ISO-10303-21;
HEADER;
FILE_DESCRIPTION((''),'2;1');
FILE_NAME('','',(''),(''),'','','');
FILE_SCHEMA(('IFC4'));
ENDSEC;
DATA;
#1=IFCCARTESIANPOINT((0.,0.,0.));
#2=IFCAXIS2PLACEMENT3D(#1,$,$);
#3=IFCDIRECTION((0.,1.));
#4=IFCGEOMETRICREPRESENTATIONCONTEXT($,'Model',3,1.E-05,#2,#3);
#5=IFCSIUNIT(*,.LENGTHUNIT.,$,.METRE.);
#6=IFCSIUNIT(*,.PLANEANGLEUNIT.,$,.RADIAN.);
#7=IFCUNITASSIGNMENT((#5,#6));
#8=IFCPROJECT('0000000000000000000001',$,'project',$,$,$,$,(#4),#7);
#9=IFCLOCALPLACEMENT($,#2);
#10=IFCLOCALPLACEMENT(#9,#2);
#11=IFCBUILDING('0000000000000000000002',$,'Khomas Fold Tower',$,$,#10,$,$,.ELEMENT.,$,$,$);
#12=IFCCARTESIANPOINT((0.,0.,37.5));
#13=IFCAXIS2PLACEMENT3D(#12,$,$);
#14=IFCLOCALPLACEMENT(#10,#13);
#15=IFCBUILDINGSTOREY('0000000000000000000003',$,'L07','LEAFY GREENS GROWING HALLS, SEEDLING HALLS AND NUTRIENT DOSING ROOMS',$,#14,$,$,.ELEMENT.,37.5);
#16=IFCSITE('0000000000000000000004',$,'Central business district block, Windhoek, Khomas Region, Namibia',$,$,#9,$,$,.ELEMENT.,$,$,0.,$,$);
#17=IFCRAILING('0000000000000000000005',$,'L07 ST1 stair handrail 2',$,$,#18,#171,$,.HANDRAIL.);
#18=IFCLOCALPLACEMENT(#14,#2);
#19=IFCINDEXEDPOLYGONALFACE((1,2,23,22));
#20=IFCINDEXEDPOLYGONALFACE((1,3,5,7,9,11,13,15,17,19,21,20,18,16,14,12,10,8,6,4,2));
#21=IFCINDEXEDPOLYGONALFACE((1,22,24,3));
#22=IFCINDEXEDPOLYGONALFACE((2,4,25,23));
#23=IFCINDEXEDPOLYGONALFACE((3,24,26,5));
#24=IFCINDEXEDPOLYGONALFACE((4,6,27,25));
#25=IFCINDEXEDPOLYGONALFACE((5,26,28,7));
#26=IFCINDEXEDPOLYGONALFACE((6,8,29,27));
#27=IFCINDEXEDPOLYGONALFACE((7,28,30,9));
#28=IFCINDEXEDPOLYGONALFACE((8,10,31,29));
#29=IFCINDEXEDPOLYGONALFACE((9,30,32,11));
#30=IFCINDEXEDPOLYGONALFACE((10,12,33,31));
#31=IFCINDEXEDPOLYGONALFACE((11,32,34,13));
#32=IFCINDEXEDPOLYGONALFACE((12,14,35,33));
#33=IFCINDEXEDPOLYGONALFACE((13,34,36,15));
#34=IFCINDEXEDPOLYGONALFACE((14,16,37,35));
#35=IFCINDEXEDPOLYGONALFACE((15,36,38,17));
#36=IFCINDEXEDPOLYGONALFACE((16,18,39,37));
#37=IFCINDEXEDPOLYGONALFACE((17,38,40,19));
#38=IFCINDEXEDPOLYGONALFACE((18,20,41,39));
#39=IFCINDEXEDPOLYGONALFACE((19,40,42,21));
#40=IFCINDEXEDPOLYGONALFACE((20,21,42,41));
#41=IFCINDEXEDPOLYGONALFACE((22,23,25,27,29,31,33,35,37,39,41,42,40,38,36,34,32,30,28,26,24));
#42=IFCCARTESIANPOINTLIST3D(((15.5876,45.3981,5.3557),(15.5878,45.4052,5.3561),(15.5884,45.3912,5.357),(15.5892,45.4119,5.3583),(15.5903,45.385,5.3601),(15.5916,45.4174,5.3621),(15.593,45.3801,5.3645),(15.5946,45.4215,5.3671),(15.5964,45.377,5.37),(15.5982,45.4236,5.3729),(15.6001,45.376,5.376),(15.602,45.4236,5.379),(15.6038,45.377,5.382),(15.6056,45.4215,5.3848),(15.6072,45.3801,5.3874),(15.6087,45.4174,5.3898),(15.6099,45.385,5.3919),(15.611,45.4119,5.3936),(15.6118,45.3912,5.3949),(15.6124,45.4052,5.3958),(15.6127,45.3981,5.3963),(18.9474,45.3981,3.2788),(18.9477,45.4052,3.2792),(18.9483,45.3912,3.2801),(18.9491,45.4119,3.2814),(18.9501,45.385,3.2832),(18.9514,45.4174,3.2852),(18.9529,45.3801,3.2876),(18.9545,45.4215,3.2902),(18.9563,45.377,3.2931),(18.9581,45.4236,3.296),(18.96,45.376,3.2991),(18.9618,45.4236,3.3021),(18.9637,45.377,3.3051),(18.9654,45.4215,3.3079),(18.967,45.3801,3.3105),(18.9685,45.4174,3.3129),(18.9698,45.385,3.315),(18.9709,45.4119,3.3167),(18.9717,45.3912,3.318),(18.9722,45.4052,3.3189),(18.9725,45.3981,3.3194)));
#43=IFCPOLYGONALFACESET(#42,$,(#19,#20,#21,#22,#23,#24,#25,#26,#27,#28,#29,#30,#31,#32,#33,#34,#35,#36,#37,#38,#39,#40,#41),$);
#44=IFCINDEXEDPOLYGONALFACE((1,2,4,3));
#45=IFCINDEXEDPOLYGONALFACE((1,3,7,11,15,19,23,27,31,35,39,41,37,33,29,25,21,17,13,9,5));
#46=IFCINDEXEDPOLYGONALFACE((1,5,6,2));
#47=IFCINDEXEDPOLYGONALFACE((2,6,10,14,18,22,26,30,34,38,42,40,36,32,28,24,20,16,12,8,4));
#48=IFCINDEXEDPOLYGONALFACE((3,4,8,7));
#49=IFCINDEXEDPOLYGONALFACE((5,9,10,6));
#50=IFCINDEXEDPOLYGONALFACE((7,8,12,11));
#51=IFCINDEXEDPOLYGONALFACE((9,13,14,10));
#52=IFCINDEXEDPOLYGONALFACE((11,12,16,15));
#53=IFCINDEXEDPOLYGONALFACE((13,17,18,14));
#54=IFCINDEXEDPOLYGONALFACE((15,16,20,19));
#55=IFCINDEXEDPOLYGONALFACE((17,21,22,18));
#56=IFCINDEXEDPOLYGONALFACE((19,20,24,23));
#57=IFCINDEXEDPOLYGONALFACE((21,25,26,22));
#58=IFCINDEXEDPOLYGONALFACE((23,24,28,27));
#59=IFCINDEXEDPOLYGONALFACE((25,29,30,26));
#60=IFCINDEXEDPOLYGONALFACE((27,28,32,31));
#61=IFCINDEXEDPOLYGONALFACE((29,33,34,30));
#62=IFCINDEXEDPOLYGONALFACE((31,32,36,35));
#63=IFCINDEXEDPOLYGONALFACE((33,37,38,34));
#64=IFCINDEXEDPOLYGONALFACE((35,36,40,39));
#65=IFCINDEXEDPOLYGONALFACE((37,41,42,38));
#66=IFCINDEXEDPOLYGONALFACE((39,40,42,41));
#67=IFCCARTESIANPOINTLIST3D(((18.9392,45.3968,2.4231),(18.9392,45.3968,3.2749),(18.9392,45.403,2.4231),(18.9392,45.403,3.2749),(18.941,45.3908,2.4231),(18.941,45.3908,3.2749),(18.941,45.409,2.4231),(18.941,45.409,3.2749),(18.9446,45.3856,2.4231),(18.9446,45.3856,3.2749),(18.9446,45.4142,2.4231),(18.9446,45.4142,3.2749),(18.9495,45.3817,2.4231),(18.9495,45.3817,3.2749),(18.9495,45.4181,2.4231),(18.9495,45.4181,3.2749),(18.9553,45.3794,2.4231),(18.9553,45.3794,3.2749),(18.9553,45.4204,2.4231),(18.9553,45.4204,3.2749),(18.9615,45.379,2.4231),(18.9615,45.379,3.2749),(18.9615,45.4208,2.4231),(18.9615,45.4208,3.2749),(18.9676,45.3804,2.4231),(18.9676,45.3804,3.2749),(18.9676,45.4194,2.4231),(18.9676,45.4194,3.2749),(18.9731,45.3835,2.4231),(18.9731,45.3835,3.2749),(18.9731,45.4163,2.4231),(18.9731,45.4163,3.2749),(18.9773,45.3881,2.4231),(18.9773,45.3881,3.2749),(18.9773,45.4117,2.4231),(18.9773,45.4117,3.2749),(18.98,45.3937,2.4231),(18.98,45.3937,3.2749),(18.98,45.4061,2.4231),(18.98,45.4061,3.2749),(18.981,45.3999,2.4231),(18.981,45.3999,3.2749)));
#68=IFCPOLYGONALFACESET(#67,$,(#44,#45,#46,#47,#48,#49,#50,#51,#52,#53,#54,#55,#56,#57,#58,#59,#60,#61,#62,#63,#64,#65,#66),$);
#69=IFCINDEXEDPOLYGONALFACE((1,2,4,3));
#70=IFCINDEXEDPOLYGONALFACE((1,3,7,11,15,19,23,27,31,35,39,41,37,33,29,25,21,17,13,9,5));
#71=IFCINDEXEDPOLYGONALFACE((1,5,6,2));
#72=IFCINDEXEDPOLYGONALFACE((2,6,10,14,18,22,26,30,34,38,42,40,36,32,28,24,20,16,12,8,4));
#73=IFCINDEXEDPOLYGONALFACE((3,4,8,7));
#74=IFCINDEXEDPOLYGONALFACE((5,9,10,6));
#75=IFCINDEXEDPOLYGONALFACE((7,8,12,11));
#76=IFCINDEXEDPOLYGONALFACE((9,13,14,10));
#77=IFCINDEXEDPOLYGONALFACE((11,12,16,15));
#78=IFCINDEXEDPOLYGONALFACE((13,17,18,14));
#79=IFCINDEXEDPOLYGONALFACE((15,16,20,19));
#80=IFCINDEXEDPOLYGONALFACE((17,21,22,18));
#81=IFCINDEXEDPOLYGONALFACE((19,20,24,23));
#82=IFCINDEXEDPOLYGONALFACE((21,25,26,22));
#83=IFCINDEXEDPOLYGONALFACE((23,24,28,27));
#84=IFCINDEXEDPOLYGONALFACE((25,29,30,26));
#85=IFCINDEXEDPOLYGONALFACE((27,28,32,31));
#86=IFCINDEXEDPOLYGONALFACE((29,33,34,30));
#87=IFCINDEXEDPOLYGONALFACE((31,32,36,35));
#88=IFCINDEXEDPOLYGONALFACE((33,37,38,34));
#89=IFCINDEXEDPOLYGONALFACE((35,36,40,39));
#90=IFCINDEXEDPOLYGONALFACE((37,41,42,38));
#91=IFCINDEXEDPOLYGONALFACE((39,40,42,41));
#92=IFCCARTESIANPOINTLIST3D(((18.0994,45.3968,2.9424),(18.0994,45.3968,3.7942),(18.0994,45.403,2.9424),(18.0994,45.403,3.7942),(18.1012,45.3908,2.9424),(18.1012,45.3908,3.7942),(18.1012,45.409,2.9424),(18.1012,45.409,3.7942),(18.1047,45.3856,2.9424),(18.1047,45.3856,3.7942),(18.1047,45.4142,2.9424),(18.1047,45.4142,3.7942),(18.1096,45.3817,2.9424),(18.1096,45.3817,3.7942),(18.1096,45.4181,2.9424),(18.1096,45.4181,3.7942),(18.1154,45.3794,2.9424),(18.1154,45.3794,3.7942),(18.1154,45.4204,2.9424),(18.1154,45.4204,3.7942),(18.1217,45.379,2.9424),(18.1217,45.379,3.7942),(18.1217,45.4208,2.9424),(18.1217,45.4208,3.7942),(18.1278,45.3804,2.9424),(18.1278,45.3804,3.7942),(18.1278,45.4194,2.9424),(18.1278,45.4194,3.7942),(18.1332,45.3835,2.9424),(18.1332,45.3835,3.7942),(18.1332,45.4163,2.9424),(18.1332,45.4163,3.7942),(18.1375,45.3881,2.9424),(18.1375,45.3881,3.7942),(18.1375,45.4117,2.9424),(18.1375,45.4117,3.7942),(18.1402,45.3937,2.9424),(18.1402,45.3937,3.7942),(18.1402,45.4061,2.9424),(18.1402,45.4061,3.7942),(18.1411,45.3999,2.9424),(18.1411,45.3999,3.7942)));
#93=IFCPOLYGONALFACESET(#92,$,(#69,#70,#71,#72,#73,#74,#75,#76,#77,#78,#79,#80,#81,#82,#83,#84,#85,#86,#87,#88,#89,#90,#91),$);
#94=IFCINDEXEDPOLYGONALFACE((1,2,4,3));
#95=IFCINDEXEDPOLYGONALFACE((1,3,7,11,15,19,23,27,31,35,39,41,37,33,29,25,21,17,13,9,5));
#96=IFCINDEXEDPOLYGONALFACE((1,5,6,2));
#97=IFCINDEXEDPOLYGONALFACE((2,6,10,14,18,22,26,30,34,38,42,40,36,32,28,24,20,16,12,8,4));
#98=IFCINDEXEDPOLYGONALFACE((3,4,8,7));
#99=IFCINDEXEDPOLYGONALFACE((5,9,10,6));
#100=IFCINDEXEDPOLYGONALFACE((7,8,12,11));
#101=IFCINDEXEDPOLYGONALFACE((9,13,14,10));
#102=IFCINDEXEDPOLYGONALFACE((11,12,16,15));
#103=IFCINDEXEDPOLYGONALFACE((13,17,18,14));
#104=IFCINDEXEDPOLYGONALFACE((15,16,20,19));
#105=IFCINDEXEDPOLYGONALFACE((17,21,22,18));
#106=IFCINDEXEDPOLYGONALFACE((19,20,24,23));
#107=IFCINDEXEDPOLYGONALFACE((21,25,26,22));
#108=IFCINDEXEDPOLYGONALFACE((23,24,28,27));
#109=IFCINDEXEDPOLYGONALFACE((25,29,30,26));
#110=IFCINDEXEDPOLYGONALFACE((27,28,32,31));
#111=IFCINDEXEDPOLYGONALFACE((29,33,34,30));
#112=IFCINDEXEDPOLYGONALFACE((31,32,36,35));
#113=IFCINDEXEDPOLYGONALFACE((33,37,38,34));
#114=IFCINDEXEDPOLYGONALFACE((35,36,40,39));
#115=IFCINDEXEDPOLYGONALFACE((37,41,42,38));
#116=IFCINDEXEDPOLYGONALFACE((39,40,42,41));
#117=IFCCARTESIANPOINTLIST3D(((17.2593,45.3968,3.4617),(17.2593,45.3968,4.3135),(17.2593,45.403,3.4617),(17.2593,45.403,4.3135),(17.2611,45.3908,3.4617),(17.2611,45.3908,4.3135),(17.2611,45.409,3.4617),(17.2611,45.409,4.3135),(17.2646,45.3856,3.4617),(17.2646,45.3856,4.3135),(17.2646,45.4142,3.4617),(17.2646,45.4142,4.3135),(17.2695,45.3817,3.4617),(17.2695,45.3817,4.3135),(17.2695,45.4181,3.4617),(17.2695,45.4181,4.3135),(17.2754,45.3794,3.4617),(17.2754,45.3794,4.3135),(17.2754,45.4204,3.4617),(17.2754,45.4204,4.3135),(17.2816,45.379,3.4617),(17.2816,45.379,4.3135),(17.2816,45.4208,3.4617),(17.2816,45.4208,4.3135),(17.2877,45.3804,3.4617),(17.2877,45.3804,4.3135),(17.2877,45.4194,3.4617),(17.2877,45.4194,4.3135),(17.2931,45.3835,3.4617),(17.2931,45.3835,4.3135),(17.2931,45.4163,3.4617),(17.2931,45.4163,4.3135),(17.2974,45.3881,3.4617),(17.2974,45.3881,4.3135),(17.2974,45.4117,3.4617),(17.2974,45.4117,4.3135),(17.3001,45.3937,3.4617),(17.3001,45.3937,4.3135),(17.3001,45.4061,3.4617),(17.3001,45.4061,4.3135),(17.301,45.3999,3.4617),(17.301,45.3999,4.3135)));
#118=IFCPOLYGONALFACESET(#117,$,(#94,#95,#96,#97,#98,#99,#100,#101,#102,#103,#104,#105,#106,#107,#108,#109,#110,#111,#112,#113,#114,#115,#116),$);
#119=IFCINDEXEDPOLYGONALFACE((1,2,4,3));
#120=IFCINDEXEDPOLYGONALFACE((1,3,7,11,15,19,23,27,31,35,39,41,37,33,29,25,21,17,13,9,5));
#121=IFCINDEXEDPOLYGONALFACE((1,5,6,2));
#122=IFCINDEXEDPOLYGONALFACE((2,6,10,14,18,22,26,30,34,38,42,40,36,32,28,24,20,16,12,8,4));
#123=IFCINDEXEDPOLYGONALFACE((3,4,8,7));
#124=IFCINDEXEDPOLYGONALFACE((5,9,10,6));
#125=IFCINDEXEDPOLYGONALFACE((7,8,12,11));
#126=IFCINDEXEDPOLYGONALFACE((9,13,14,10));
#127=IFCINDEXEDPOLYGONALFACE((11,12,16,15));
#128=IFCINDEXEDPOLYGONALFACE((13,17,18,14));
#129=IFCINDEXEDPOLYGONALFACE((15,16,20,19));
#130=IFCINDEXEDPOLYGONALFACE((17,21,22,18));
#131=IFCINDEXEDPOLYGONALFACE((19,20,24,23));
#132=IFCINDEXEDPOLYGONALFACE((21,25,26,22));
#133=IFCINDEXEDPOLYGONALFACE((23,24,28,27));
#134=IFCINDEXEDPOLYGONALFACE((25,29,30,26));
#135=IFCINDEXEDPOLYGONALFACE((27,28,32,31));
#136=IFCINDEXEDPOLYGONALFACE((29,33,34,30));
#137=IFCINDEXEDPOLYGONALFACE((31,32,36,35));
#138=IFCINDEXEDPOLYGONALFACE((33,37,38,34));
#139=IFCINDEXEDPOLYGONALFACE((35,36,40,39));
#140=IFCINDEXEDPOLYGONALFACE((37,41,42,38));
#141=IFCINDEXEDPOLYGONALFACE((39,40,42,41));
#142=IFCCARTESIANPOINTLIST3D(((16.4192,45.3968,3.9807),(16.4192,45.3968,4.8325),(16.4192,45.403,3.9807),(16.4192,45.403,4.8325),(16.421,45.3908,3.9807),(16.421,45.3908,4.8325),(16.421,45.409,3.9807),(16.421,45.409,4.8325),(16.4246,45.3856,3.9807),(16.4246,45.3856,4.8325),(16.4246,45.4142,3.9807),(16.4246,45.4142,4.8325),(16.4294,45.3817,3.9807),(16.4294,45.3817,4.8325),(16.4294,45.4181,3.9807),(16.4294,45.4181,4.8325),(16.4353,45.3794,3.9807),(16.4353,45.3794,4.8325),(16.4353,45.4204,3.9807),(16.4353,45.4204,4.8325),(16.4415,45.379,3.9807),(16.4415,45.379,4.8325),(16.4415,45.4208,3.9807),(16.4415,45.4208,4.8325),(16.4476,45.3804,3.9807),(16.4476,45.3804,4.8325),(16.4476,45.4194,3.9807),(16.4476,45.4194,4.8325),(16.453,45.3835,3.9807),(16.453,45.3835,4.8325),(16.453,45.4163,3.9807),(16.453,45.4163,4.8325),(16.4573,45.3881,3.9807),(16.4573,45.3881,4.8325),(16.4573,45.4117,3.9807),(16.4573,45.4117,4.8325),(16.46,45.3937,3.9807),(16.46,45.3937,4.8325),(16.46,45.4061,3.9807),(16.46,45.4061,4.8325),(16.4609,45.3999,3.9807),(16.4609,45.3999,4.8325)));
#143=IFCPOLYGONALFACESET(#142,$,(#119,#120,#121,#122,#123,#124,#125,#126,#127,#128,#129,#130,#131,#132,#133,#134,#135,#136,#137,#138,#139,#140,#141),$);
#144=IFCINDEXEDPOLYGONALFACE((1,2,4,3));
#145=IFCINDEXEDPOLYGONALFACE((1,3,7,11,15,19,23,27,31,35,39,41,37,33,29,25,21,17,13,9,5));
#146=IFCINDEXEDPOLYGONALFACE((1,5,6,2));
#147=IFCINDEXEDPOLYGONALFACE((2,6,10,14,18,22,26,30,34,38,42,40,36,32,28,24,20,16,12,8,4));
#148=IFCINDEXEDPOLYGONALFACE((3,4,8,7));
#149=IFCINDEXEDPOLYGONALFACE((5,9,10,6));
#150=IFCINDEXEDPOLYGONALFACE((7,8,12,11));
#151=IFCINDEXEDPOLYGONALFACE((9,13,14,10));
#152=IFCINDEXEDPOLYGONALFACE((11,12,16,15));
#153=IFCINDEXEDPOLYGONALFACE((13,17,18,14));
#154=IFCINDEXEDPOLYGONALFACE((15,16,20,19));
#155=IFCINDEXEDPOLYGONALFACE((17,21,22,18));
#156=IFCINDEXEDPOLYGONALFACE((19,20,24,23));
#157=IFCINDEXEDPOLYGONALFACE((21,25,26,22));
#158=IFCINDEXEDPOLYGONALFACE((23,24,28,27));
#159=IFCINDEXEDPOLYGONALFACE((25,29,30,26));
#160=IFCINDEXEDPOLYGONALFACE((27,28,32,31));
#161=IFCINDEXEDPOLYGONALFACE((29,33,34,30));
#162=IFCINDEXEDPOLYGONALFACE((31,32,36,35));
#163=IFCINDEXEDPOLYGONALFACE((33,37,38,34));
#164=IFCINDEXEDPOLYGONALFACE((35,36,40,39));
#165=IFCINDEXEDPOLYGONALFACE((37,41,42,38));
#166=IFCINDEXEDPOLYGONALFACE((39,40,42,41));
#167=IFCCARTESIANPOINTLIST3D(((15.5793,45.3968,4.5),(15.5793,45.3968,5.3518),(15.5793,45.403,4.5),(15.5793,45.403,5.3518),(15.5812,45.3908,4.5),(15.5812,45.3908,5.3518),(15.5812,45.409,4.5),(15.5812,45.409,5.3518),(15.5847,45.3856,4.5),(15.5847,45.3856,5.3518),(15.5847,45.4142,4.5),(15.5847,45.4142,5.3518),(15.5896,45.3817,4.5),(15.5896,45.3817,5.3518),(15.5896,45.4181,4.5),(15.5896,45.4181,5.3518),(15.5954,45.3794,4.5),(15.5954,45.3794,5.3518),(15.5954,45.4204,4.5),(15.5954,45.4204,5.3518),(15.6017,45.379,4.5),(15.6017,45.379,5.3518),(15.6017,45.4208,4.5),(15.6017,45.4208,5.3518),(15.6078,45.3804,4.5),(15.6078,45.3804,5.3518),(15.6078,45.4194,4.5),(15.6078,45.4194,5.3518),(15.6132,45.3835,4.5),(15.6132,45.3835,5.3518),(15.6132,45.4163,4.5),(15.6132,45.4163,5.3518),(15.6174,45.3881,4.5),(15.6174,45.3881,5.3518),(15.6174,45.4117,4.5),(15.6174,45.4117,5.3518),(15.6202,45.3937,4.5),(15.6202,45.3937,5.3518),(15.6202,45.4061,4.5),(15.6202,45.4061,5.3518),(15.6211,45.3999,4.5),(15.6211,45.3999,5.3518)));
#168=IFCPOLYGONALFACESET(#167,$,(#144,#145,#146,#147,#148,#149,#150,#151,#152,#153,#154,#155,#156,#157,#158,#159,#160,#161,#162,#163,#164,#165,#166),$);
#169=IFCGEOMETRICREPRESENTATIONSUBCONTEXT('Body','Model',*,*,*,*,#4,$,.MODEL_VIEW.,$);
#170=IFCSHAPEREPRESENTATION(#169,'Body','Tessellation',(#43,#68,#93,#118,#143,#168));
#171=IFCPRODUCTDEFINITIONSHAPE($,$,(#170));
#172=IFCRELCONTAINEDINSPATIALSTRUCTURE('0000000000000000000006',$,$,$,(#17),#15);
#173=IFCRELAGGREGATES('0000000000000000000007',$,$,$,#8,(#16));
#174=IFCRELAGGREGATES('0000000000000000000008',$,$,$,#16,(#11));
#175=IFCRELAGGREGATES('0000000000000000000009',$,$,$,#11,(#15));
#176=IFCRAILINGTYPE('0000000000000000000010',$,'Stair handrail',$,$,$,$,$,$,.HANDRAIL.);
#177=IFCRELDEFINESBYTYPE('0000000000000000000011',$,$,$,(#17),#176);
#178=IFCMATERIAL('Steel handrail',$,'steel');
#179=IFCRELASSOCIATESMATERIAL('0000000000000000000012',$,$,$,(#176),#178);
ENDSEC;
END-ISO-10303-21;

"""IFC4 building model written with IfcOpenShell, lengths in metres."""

from ifc_helpers import new_model, si_unit, direction, frame, origin, origin_2d, place, context, subcontext, project, spatial, circle, extrude, source, transform, mapped, material, type_object, element, save


model = new_model("IFC4")

# Units and contexts
model_context = context("Model", 3, precision=1e-05, world=origin(), true_north=direction((0.0, 1.0)))
body_context = subcontext(model_context, "Body", "Model", "MODEL_VIEW")
ifc_project = project(units=[si_unit("LENGTHUNIT", "METRE"), si_unit("PLANEANGLEUNIT", "RADIAN")], contexts=[model_context])

# Site, building, storey
site_placement = place(None, origin())
site = spatial("IfcSite", under=ifc_project, at=site_placement, Name="Central business district block, Windhoek, Khomas Region, Namibia", CompositionType="ELEMENT", RefElevation=0.0)
building_placement = place(site_placement, origin())
building = spatial("IfcBuilding", under=site, at=building_placement, Name="Khomas Fold Tower", CompositionType="ELEMENT")
storey_placement = place(building_placement, frame((0.0, 0.0, 37.5)))
storey = spatial("IfcBuildingStorey", under=building, at=storey_placement, Name="L07", Description="LEAFY GREENS GROWING HALLS, SEEDLING HALLS AND NUTRIENT DOSING ROOMS", CompositionType="ELEMENT", Elevation=37.5)

# Railing
ifc_material_1 = material(Name="Steel handrail", Category="steel")
railing_type_1 = type_object("IfcRailingType", Name="Stair handrail", PredefinedType="HANDRAIL", material=ifc_material_1)
shared_shape_1 = source(origin(), body_context, "Body", "SweptSolid", [
    extrude(circle(Radius=0.0239, at=origin_2d()), frame((0.0, 0.0, 0.876), z_axis=(-0.850606, 0.0, 0.525803), x_axis=(0.0, -1.0, 0.0)), (0.0, 0.0, 1.0), 3.95),
    extrude(circle(Radius=0.021, at=origin_2d()), origin(), (0.0, 0.0, 1.0), 0.8518),
    extrude(circle(Radius=0.021, at=origin_2d()), frame((-0.8398, 0.0, 0.5193)), (0.0, 0.0, 1.0), 0.8518),
    extrude(circle(Radius=0.021, at=origin_2d()), frame((-1.6799, 0.0, 1.0386)), (0.0, 0.0, 1.0), 0.8518),
    extrude(circle(Radius=0.021, at=origin_2d()), frame((-2.52, 0.0, 1.5576)), (0.0, 0.0, 1.0), 0.8518),
    extrude(circle(Radius=0.021, at=origin_2d()), frame((-3.3599, 0.0, 2.0769)), (0.0, 0.0, 1.0), 0.8518),
])
railing_1_placement = place(storey_placement, frame((18.96, 45.3999, 2.4231)))
element("IfcRailing", 1, at=railing_1_placement, inside=storey, type_object=railing_type_1, Name="L07 ST1 stair handrail 2", PredefinedType="HANDRAIL", context=body_context, shape_type="MappedRepresentation", body=[
    mapped(shared_shape_1, transform((0.0, 0.0, 0.0))),
])

save(model, "model.ifc")
